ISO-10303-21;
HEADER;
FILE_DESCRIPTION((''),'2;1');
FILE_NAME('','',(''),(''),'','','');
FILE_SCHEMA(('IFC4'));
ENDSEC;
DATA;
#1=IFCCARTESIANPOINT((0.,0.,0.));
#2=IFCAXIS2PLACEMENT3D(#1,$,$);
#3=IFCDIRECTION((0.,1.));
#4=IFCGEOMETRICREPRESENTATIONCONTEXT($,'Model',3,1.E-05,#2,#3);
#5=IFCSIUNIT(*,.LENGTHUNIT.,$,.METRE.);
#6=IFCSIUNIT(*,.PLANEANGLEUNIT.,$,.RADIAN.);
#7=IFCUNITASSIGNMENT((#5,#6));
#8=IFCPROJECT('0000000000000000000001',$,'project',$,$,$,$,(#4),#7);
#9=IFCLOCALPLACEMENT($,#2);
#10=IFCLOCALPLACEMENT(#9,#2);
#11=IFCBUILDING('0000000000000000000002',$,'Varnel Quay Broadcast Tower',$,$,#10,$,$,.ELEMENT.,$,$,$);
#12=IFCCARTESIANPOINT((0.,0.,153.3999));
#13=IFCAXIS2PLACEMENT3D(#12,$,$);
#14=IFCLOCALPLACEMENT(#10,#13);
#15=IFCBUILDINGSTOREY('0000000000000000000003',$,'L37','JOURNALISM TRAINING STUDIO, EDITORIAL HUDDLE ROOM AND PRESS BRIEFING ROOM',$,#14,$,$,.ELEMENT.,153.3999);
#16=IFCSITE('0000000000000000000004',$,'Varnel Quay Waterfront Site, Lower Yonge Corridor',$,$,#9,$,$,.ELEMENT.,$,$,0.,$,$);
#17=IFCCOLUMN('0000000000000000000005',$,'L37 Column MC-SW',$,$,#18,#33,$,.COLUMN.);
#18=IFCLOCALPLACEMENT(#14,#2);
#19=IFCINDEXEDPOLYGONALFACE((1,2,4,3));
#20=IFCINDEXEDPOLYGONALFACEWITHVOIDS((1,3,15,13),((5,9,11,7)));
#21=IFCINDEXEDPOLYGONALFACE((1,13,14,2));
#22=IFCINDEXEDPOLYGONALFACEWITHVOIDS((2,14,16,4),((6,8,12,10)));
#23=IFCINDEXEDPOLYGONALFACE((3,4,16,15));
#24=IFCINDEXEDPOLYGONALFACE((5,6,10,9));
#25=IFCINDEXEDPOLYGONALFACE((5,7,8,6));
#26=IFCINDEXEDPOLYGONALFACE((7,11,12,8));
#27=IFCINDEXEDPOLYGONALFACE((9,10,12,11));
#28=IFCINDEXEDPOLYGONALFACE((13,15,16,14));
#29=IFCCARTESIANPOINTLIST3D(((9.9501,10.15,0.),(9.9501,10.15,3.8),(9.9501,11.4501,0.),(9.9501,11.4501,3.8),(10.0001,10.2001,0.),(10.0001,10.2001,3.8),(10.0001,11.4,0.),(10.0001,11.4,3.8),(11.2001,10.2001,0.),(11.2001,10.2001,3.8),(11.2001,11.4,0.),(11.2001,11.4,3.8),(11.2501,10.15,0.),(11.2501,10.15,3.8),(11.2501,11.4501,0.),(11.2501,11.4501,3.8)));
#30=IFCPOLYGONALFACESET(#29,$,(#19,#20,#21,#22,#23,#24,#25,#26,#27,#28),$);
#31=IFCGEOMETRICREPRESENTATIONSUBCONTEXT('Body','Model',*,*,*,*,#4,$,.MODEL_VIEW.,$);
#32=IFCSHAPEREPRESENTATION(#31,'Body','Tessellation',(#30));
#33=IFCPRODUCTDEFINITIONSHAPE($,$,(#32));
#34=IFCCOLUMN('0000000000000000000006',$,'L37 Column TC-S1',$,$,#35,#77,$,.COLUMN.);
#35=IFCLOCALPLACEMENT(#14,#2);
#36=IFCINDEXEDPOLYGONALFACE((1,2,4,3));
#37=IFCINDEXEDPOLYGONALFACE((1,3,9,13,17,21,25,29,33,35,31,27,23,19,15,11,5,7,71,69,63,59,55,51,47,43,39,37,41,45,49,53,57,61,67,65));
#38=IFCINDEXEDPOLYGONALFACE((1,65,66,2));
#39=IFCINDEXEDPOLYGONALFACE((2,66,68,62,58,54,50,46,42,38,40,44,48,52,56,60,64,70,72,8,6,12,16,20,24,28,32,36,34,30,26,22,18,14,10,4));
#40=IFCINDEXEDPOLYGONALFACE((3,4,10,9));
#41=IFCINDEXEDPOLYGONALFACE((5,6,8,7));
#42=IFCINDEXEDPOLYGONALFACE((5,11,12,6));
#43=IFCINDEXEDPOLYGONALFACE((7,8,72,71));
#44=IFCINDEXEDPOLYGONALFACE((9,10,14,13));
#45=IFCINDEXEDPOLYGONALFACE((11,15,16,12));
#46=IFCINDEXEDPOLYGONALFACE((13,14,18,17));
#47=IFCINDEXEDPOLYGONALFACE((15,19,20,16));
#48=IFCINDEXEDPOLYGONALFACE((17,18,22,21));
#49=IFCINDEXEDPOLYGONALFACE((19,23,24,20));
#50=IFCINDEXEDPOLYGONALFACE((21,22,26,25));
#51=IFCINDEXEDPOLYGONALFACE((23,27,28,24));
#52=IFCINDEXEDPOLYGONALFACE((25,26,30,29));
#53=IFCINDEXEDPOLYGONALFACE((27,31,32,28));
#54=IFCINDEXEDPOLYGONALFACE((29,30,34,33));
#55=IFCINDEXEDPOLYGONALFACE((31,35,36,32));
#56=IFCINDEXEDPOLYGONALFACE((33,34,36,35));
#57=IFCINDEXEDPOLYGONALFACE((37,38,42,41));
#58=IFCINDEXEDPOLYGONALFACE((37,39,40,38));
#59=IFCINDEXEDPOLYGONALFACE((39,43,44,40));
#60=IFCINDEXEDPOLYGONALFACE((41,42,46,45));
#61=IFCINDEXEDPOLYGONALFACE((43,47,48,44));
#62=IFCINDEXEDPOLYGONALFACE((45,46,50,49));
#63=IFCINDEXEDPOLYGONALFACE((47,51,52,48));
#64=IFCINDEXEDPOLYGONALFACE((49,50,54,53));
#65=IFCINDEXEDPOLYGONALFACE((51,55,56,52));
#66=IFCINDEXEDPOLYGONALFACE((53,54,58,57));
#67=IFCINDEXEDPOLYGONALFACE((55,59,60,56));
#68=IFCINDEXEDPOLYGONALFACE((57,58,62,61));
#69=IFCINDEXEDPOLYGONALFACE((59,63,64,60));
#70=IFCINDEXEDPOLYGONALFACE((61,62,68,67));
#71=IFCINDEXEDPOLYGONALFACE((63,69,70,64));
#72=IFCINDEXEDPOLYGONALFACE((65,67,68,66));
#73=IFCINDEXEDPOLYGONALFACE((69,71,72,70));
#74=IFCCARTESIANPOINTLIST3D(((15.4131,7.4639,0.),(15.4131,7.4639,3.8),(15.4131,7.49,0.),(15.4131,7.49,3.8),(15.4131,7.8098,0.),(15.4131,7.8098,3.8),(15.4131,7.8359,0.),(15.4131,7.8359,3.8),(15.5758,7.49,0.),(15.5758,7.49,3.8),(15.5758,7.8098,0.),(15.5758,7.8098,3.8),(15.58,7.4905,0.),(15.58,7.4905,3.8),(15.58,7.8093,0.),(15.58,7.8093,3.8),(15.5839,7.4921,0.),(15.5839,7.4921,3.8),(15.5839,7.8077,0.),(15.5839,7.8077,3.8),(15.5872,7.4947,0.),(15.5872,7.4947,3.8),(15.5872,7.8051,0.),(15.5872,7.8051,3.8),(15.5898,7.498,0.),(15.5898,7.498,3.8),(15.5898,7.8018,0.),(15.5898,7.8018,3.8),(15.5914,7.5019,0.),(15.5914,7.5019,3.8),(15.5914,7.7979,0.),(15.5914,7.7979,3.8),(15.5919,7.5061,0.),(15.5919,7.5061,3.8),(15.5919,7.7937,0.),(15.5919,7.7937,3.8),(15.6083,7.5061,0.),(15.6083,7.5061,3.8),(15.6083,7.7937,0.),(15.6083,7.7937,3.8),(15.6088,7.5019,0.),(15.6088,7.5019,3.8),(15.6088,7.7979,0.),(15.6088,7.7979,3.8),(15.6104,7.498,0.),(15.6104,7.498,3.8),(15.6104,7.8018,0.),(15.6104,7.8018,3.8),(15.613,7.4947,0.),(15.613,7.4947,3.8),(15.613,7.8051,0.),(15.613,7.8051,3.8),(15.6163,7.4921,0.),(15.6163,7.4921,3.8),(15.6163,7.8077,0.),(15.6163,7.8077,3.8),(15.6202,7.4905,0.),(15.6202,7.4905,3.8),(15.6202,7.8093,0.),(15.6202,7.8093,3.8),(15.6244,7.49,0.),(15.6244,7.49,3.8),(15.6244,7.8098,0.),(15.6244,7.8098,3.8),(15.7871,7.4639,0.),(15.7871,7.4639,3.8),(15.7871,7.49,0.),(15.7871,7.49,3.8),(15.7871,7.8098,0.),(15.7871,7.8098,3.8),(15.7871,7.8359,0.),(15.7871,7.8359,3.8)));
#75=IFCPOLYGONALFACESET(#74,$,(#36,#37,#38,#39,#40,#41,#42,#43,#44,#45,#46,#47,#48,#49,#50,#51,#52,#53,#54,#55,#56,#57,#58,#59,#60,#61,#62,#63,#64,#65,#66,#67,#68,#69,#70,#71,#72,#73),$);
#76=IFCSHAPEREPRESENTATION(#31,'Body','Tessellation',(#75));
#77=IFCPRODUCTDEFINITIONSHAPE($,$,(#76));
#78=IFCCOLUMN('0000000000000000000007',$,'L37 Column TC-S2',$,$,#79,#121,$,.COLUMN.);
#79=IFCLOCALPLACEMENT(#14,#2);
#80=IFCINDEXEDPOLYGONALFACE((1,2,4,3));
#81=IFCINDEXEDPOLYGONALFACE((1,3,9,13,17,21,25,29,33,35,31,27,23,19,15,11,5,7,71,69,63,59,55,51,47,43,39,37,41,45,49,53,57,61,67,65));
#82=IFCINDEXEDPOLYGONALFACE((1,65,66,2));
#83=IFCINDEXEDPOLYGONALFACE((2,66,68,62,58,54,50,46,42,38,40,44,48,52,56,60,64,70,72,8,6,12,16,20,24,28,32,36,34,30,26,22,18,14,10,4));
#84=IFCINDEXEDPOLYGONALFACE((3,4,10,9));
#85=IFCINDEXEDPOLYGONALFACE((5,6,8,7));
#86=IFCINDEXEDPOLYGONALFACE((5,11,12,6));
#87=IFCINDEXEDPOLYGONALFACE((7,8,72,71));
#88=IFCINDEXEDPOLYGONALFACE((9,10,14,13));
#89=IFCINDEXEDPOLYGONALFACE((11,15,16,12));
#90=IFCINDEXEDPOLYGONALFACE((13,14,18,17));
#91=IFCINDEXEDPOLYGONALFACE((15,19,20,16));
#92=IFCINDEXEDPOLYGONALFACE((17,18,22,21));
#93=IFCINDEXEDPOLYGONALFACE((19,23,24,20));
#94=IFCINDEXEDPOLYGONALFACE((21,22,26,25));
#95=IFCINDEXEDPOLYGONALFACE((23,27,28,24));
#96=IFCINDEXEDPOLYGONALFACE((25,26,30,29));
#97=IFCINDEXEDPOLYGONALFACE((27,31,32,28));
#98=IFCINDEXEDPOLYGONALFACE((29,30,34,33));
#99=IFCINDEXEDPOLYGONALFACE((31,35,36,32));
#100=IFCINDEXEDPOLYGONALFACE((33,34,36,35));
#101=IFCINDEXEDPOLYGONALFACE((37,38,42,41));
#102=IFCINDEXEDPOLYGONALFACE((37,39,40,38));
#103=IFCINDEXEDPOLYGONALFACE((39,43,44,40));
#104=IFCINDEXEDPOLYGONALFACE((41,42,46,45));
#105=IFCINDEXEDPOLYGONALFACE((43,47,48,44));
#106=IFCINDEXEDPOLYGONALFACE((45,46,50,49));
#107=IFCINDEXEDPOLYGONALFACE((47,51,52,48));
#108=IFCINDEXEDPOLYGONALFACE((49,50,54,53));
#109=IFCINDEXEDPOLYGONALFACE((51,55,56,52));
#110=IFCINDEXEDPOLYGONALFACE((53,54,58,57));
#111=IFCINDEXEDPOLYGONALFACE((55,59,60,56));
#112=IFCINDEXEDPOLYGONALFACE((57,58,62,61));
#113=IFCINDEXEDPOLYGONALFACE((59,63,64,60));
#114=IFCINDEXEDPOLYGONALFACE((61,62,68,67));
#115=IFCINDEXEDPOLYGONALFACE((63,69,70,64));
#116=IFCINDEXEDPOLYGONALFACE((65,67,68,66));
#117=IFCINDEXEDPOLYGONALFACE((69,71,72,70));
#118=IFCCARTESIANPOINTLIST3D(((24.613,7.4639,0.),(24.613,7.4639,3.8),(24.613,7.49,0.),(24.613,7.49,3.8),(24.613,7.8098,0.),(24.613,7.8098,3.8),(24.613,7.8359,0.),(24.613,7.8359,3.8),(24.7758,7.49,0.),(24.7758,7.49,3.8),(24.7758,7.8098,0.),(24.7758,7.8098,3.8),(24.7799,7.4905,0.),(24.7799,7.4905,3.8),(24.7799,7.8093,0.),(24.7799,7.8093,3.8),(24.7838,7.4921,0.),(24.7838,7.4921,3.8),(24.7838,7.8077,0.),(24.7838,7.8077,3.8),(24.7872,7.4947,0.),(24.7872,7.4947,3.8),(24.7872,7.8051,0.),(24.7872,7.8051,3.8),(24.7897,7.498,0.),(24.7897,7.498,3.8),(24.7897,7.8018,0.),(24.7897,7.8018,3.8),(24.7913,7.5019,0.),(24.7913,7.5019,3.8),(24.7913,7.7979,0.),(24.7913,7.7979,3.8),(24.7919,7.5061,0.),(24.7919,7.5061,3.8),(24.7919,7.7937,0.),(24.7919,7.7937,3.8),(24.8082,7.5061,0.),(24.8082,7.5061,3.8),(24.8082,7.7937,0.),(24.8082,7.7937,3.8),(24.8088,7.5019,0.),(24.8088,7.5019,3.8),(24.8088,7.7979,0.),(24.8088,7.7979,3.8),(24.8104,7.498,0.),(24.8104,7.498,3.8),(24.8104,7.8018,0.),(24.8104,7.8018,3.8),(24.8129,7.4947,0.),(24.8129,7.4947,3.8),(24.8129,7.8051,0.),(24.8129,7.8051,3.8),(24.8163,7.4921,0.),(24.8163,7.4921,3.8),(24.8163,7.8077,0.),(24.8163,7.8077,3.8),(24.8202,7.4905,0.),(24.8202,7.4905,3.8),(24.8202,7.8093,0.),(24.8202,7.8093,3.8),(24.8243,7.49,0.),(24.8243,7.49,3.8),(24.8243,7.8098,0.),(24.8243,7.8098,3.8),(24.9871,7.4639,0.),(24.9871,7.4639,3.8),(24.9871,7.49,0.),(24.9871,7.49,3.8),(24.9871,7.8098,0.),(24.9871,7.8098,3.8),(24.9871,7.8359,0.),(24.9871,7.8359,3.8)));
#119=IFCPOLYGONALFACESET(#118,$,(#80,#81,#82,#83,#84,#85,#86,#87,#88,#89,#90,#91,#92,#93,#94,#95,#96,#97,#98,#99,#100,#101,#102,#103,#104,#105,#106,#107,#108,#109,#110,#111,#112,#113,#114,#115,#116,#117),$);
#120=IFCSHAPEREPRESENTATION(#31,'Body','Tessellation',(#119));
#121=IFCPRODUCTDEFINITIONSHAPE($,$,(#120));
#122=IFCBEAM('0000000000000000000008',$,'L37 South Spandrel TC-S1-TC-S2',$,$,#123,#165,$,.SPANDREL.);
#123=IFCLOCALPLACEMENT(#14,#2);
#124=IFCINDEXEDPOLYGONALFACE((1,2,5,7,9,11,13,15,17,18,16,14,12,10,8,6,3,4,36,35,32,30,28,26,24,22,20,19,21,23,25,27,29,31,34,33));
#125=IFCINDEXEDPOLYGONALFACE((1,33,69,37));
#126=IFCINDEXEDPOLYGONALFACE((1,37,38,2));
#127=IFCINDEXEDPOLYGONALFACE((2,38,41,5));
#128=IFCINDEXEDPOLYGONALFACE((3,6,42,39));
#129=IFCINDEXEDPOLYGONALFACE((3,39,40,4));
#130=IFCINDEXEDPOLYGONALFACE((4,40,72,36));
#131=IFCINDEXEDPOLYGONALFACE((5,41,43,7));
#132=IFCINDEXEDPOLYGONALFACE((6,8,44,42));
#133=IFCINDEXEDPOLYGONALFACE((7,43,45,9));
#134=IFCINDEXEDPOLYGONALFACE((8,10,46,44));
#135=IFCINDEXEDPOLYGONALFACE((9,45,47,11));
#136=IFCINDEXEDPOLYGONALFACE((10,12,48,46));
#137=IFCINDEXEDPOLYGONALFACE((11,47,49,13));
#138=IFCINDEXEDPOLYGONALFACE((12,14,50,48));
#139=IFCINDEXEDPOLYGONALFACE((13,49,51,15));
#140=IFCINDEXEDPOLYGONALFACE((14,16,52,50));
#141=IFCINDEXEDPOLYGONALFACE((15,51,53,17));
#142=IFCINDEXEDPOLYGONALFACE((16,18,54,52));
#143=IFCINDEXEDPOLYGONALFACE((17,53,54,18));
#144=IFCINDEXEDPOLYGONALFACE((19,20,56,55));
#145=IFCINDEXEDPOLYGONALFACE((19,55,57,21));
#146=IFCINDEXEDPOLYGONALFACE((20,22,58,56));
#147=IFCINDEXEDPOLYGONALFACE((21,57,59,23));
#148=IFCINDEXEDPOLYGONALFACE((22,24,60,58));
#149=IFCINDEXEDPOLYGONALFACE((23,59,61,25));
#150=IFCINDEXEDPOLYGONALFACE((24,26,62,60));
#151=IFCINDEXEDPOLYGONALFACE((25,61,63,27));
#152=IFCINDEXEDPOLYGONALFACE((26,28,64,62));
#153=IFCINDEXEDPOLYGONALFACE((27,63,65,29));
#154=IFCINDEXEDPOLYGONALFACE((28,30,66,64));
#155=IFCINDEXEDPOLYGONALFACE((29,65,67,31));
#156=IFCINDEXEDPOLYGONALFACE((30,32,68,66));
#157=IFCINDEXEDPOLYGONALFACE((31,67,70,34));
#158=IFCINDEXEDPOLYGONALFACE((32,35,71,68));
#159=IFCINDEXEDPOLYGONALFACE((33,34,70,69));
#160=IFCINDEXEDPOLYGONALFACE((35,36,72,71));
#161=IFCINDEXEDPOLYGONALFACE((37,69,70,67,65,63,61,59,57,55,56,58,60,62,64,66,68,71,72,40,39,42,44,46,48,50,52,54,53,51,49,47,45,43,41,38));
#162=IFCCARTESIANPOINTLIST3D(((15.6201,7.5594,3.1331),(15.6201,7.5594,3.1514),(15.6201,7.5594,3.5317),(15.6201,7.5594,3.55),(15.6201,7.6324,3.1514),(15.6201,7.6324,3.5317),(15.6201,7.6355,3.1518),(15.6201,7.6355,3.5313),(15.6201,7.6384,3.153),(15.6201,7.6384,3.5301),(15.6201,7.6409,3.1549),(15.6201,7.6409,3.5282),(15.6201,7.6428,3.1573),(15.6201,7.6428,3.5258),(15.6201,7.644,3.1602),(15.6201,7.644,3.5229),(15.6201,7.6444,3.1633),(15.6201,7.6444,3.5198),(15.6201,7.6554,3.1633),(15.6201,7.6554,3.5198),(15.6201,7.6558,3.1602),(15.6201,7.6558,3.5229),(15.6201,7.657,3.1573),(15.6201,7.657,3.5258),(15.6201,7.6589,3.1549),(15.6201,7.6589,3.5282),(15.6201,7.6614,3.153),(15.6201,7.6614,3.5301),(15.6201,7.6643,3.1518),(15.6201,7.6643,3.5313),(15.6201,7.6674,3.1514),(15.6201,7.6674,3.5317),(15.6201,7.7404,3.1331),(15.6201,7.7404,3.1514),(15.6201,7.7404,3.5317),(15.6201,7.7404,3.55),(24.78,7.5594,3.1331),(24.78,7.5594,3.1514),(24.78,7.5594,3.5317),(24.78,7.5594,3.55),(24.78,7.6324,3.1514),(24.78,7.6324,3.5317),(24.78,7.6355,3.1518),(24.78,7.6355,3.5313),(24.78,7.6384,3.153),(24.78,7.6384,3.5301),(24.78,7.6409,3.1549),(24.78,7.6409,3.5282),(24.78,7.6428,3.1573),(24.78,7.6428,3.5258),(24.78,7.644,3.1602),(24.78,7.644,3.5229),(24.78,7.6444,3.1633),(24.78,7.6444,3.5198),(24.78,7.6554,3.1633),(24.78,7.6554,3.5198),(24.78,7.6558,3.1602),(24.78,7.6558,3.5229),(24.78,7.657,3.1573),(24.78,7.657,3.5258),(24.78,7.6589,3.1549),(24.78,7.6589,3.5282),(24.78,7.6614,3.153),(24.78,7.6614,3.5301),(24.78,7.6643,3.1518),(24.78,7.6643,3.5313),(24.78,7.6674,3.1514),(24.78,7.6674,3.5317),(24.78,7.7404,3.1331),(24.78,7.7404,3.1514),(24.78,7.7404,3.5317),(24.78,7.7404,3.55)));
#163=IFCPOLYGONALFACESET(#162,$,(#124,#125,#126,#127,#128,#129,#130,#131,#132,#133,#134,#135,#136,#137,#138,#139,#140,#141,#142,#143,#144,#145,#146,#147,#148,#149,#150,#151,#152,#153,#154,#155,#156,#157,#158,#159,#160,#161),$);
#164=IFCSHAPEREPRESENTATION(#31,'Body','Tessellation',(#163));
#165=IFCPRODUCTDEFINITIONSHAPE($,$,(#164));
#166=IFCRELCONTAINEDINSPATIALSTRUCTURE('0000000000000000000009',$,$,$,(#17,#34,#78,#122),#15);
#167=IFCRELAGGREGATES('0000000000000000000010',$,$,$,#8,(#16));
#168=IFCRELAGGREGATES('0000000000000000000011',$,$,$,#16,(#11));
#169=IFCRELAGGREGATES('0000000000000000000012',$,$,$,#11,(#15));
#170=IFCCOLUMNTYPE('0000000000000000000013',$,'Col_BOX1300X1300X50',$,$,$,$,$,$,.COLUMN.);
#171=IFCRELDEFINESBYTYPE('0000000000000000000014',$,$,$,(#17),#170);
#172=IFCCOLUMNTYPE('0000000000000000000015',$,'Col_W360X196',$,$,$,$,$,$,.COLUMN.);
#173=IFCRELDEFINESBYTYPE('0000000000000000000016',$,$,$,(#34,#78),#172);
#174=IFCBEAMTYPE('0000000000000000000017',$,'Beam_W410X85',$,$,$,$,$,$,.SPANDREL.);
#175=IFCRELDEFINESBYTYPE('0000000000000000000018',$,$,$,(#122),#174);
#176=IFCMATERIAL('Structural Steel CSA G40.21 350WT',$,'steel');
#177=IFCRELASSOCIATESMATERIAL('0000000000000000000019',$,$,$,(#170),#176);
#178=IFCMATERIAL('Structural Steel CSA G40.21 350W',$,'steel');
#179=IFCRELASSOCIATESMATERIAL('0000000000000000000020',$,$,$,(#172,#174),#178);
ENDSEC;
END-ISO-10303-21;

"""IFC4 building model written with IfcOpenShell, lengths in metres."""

from ifc_helpers import new_model, si_unit, direction, frame, origin, origin_2d, place, context, subcontext, project, spatial, hollow_rectangle, i_section, extrude, source, transform, mapped, material, material_profile, profile_set, type_object, type_shapes, element, save


model = new_model("IFC4")

# Units and contexts
model_context = context("Model", 3, precision=1e-05, world=origin(), true_north=direction((0.0, 1.0)))
body_context = subcontext(model_context, "Body", "Model", "MODEL_VIEW")
ifc_project = project(units=[si_unit("LENGTHUNIT", "METRE"), si_unit("PLANEANGLEUNIT", "RADIAN")], contexts=[model_context])

# Site, building, storey
site_placement = place(None, origin())
site = spatial("IfcSite", under=ifc_project, at=site_placement, Name="Varnel Quay Waterfront Site, Lower Yonge Corridor", CompositionType="ELEMENT", RefElevation=0.0)
building_placement = place(site_placement, origin())
building = spatial("IfcBuilding", under=site, at=building_placement, Name="Varnel Quay Broadcast Tower", CompositionType="ELEMENT")
storey_placement = place(building_placement, frame((0.0, 0.0, 153.3999)))
storey = spatial("IfcBuildingStorey", under=building, at=storey_placement, Name="L37", Description="JOURNALISM TRAINING STUDIO, EDITORIAL HUDDLE ROOM AND PRESS BRIEFING ROOM", CompositionType="ELEMENT", Elevation=153.3999)

# Columns
ifc_material_1 = material(Name="Structural Steel CSA G40.21 350WT", Category="steel")
ifc_material_profile_1 = material_profile(ifc_material_1, hollow_rectangle(XDim=1.3, YDim=1.3, WallThickness=0.05, at=origin_2d()), Name="BOX1300X1300X50")
ifc_profile_set_1 = profile_set([ifc_material_profile_1], Name="Structural Steel CSA G40.21 350WT")
column_type_1 = type_object("IfcColumnType", Name="Col_BOX1300X1300X50", PredefinedType="COLUMN", material=ifc_profile_set_1)
shared_shape_1 = source(origin(), body_context, "Body", "SweptSolid", [
    extrude(hollow_rectangle(XDim=1.3, YDim=1.3, WallThickness=0.05, at=origin_2d()), origin(), (0.0, 0.0, 1.0), 3.8),
])
type_shapes(column_type_1, [shared_shape_1])
column_placement = place(storey_placement, frame((10.6001, 10.8, 0.0), z_axis=(0.0, 0.0, 1.0), x_axis=(1.0, 0.0, 0.0)))
element("IfcColumn", 1, at=column_placement, inside=storey, type_object=column_type_1, Name="L37 Column MC-SW", PredefinedType="COLUMN", context=body_context, shape_type="MappedRepresentation", body=[
    mapped(shared_shape_1, transform((0.0, 0.0, 0.0), x_axis=(1.0, 0.0, 0.0), y_axis=(0.0, 1.0, 0.0), z_axis=(0.0, 0.0, 1.0), scale=1.0)),
])
ifc_material_2 = material(Name="Structural Steel CSA G40.21 350W", Category="steel")
ifc_material_profile_2 = material_profile(ifc_material_2, i_section(OverallWidth=0.374, OverallDepth=0.3721, WebThickness=0.0164, FlangeThickness=0.0261, FilletRadius=0.0161, at=origin_2d()), Name="W360X196")
ifc_profile_set_2 = profile_set([ifc_material_profile_2], Name="Structural Steel CSA G40.21 350W")
column_type_2 = type_object("IfcColumnType", Name="Col_W360X196", PredefinedType="COLUMN", material=ifc_profile_set_2)
shared_shape_2 = source(origin(), body_context, "Body", "SweptSolid", [
    extrude(i_section(OverallWidth=0.374, OverallDepth=0.3721, WebThickness=0.0164, FlangeThickness=0.0261, FilletRadius=0.0161, at=origin_2d()), origin(), (0.0, 0.0, 1.0), 3.8),
])
type_shapes(column_type_2, [shared_shape_2])
for number, where, z_axis, x_axis, name in (
    (2, (15.6001, 7.6499, 0.0), (0.0, 0.0, 1.0), (1.0, 0.0, 0.0), "L37 Column TC-S1"),
    (3, (24.8, 7.6499, 0.0), (0.0, 0.0, 1.0), (1.0, 0.0, 0.0), "L37 Column TC-S2"),
):
    element("IfcColumn", number, at=place(storey_placement, frame(where, z_axis=z_axis, x_axis=x_axis)), inside=storey, type_object=column_type_2, Name=name, PredefinedType="COLUMN", context=body_context, shape_type="MappedRepresentation", body=[
        mapped(shared_shape_2, transform((0.0, 0.0, 0.0), x_axis=(1.0, 0.0, 0.0), y_axis=(0.0, 1.0, 0.0), z_axis=(0.0, 0.0, 1.0), scale=1.0)),
    ])

# Beam
ifc_material_profile_3 = material_profile(ifc_material_2, i_section(OverallWidth=0.1809, OverallDepth=0.417, WebThickness=0.011, FlangeThickness=0.0183, FilletRadius=0.012, at=origin_2d()), Name="W410X85")
ifc_profile_set_3 = profile_set([ifc_material_profile_3], Name="Structural Steel CSA G40.21 350W")
beam_type_1 = type_object("IfcBeamType", Name="Beam_W410X85", PredefinedType="SPANDREL", material=ifc_profile_set_3)
shared_shape_3 = source(origin(), body_context, "Body", "SweptSolid", [
    extrude(i_section(OverallWidth=0.1809, OverallDepth=0.417, WebThickness=0.011, FlangeThickness=0.0183, FilletRadius=0.012, at=origin_2d()), origin(), (0.0, 0.0, 1.0), 9.1599),
])
for number, where, z_axis, x_axis, name in (
    (4, (15.6201, 7.6499, 3.3416), (1.0, 0.0, 0.0), (0.0, 1.0, 0.0), "L37 South Spandrel TC-S1-TC-S2"),
):
    element("IfcBeam", number, at=place(storey_placement, frame(where, z_axis=z_axis, x_axis=x_axis)), inside=storey, type_object=beam_type_1, Name=name, PredefinedType="SPANDREL", context=body_context, shape_type="MappedRepresentation", body=[
        mapped(shared_shape_3, transform((0.0, 0.0, 0.0), x_axis=(1.0, 0.0, 0.0), y_axis=(0.0, 1.0, 0.0), z_axis=(0.0, 0.0, 1.0), scale=1.0)),
    ])

save(model, "model.ifc")
